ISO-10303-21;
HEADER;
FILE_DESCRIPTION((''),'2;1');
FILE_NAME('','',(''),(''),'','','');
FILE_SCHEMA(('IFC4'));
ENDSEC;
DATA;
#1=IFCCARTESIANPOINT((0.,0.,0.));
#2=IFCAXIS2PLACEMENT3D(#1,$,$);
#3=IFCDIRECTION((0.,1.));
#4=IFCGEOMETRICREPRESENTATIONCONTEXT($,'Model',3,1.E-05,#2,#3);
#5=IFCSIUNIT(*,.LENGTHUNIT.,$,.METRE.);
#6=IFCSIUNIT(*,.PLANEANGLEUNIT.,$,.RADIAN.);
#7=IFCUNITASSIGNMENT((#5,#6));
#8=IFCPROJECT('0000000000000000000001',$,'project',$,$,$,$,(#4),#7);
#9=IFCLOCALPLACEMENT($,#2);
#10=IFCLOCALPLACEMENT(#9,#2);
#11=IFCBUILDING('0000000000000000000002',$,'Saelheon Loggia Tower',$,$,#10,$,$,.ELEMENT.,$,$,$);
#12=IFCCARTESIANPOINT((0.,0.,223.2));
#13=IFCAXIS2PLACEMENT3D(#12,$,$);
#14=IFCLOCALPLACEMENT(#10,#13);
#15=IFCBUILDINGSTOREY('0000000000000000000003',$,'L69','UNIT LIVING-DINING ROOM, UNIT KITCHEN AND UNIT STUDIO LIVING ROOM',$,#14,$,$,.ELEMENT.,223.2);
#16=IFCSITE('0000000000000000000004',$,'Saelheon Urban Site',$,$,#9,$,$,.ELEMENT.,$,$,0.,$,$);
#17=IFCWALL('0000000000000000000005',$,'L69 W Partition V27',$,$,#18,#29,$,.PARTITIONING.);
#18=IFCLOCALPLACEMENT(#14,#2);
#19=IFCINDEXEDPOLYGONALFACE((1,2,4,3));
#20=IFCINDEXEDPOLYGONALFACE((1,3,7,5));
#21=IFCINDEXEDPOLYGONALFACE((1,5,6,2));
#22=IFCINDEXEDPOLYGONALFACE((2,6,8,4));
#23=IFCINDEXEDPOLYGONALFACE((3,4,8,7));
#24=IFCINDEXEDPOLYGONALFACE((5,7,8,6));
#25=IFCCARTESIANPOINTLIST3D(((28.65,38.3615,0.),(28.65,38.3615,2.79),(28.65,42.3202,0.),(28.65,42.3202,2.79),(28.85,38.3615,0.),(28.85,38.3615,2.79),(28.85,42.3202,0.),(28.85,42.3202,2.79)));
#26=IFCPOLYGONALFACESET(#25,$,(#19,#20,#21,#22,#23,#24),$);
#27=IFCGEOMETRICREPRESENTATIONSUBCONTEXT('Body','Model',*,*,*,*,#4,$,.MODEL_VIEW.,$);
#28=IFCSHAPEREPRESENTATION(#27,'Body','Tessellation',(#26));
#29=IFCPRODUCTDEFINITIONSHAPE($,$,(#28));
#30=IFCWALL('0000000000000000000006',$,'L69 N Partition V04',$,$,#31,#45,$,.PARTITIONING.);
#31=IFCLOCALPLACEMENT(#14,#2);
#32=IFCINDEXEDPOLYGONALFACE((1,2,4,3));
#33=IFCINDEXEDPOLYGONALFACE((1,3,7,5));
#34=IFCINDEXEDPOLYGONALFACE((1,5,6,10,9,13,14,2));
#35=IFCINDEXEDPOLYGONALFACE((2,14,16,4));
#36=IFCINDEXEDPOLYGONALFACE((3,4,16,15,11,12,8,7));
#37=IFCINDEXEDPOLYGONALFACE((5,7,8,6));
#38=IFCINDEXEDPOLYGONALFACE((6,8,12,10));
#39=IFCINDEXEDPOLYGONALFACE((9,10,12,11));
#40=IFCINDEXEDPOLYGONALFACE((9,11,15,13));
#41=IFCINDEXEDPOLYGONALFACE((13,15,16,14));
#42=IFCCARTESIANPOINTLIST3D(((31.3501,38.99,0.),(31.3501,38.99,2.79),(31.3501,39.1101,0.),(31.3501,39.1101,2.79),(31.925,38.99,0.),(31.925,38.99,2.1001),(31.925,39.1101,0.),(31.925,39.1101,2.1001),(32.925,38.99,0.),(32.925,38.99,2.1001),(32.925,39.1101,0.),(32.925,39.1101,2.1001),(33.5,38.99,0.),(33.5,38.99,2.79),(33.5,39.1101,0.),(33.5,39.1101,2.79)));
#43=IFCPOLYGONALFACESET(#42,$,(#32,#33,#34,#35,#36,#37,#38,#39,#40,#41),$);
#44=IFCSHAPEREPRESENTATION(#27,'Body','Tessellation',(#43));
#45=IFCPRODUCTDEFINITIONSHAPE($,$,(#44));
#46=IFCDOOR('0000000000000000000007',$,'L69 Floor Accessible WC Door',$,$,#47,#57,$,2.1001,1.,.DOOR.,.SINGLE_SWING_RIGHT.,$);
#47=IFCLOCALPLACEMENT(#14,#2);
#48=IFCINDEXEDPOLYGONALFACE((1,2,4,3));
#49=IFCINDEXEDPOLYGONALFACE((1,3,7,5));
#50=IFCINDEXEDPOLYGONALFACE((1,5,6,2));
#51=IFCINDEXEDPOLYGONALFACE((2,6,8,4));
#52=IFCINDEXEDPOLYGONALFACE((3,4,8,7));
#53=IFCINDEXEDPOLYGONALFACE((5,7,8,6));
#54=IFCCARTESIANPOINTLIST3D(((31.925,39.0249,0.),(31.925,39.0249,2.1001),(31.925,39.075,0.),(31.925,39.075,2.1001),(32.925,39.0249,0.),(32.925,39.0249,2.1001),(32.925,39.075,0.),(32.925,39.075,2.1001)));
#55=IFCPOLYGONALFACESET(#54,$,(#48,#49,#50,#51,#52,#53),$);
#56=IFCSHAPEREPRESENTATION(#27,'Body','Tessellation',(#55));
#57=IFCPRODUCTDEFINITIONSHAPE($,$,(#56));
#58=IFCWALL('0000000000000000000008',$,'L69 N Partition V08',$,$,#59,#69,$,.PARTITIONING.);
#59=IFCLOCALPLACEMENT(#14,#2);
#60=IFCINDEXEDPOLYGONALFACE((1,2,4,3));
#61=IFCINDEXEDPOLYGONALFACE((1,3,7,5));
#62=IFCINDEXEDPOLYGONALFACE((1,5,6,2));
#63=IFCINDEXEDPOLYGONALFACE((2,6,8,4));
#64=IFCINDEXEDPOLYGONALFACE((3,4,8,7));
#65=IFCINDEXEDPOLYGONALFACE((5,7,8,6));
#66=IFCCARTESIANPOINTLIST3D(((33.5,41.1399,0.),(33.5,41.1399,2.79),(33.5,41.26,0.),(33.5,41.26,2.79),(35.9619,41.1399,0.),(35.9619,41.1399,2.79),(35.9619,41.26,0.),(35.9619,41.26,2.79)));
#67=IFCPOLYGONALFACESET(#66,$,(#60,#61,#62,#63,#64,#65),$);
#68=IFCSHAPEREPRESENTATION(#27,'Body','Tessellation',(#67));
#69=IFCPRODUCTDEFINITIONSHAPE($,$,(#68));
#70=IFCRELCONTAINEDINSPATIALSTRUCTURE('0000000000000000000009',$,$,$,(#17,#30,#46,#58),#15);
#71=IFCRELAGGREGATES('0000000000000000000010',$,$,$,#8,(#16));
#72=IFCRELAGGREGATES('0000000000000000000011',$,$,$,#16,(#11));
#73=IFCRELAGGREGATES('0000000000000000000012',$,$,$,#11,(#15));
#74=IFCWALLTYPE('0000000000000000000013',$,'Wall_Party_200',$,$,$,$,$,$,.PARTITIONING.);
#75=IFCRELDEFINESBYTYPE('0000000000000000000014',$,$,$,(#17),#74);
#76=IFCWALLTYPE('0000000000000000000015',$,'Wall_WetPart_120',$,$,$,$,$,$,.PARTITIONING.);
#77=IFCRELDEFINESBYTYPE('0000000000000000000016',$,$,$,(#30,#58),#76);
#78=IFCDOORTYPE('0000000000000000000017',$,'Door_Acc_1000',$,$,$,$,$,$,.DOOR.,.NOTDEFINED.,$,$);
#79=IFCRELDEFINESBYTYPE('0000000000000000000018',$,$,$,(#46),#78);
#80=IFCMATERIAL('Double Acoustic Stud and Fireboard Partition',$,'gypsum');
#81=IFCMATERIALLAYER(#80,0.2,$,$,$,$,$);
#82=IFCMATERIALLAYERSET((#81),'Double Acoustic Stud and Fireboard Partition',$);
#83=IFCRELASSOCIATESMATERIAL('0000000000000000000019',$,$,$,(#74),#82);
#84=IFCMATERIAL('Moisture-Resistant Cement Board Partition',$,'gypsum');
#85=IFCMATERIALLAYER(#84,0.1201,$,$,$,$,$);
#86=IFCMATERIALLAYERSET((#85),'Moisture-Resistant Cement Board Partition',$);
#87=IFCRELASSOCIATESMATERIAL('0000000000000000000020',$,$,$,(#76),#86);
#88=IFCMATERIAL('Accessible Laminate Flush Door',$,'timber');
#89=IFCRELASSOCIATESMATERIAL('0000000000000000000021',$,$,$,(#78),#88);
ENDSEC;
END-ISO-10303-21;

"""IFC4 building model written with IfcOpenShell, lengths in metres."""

from ifc_helpers import new_model, si_unit, direction, frame, frame_2d, origin, place, context, subcontext, project, spatial, rectangle, extrude, source, transform, mapped, material, layer, layer_set, type_object, element, fill, save


model = new_model("IFC4")

# Units and contexts
model_context = context("Model", 3, precision=1e-05, world=origin(), true_north=direction((0.0, 1.0)))
body_context = subcontext(model_context, "Body", "Model", "MODEL_VIEW")
ifc_project = project(units=[si_unit("LENGTHUNIT", "METRE"), si_unit("PLANEANGLEUNIT", "RADIAN")], contexts=[model_context])

# Site, building, storey
site_placement = place(None, origin())
site = spatial("IfcSite", under=ifc_project, at=site_placement, Name="Saelheon Urban Site", CompositionType="ELEMENT", RefElevation=0.0)
building_placement = place(site_placement, origin())
building = spatial("IfcBuilding", under=site, at=building_placement, Name="Saelheon Loggia Tower", CompositionType="ELEMENT")
storey_placement = place(building_placement, frame((0.0, 0.0, 223.2)))
storey = spatial("IfcBuildingStorey", under=building, at=storey_placement, Name="L69", Description="UNIT LIVING-DINING ROOM, UNIT KITCHEN AND UNIT STUDIO LIVING ROOM", CompositionType="ELEMENT", Elevation=223.2)

# Wall
ifc_material_1 = material(Name="Double Acoustic Stud and Fireboard Partition", Category="gypsum")
ifc_layer_1 = layer(ifc_material_1, 0.2)
ifc_layer_set_1 = layer_set([ifc_layer_1], Name="Double Acoustic Stud and Fireboard Partition")
wall_type_1 = type_object("IfcWallType", Name="Wall_Party_200", PredefinedType="PARTITIONING", material=ifc_layer_set_1)
wall_1_placement = place(storey_placement, frame((28.75, 38.3613, 0.0), z_axis=(0.0, 0.0, 1.0), x_axis=(0.0, 1.0, 0.0)))
element("IfcWall", 1, at=wall_1_placement, inside=storey, type_object=wall_type_1, Name="L69 W Partition V27", PredefinedType="PARTITIONING", context=body_context, shape_type="SweptSolid", body=[
    extrude(rectangle(XDim=3.9587, YDim=0.2, at=frame_2d((1.9795, 0.0))), origin(), (0.0, 0.0, 1.0), 2.79),
])

# Wall, opening, door
ifc_material_2 = material(Name="Moisture-Resistant Cement Board Partition", Category="gypsum")
ifc_layer_2 = layer(ifc_material_2, 0.1201)
ifc_layer_set_2 = layer_set([ifc_layer_2], Name="Moisture-Resistant Cement Board Partition")
wall_type_2 = type_object("IfcWallType", Name="Wall_WetPart_120", PredefinedType="PARTITIONING", material=ifc_layer_set_2)
wall_2_placement = place(storey_placement, frame((31.3501, 39.05, 0.0), z_axis=(0.0, 0.0, 1.0), x_axis=(1.0, 0.0, 0.0)))
wall_2 = element("IfcWall", 2, at=wall_2_placement, inside=storey, type_object=wall_type_2, Name="L69 N Partition V04", PredefinedType="PARTITIONING", context=body_context, shape_type="SweptSolid", body=[
    extrude(rectangle(XDim=2.1499, YDim=0.1201, at=frame_2d((1.075, 0.0))), origin(), (0.0, 0.0, 1.0), 2.79),
])
opening_1_placement = place(wall_2_placement, frame((0.575, 0.0, 0.0)))
opening_1 = element("IfcOpeningElement", 3, at=opening_1_placement, cuts=wall_2, PredefinedType="OPENING", context=body_context, shape_type="SweptSolid", body=[
    extrude(rectangle(XDim=1.0, YDim=2.1001, at=frame_2d((0.5, 1.05))), frame((0.0, 0.072, 0.0), z_axis=(0.0, -1.0, 0.0), x_axis=(1.0, 0.0, 0.0)), (0.0, 0.0, 1.0), 0.144),
])
ifc_material_3 = material(Name="Accessible Laminate Flush Door", Category="timber")
door_type_1 = type_object("IfcDoorType", Name="Door_Acc_1000", OperationType="NOTDEFINED", PredefinedType="DOOR", material=ifc_material_3)
shared_shape_1 = source(origin(), body_context, "Body", "SweptSolid", [
    extrude(rectangle(XDim=1.0, YDim=2.1001, at=frame_2d((0.5, 1.05))), frame((0.0, 0.0249, 0.0), z_axis=(0.0, -1.0, 0.0), x_axis=(1.0, 0.0, 0.0)), (0.0, 0.0, 1.0), 0.05),
])
door_1_placement = place(opening_1_placement, origin())
door_1 = element("IfcDoor", 4, at=door_1_placement, inside=storey, type_object=door_type_1, Name="L69 Floor Accessible WC Door", OperationType="SINGLE_SWING_RIGHT", OverallHeight=2.1001, OverallWidth=1.0, PredefinedType="DOOR", context=body_context, shape_type="MappedRepresentation", body=[
    mapped(shared_shape_1, transform((0.0, 0.0, 0.0), scale=1.0)),
])
fill(opening_1, door_1)

# Wall
wall_3_placement = place(storey_placement, frame((33.5, 41.2, 0.0), z_axis=(0.0, 0.0, 1.0), x_axis=(1.0, 0.0, 0.0)))
element("IfcWall", 5, at=wall_3_placement, inside=storey, type_object=wall_type_2, Name="L69 N Partition V08", PredefinedType="PARTITIONING", context=body_context, shape_type="SweptSolid", body=[
    extrude(rectangle(XDim=2.4619, YDim=0.1201, at=frame_2d((1.231, 0.0))), origin(), (0.0, 0.0, 1.0), 2.79),
])

save(model, "model.ifc")
